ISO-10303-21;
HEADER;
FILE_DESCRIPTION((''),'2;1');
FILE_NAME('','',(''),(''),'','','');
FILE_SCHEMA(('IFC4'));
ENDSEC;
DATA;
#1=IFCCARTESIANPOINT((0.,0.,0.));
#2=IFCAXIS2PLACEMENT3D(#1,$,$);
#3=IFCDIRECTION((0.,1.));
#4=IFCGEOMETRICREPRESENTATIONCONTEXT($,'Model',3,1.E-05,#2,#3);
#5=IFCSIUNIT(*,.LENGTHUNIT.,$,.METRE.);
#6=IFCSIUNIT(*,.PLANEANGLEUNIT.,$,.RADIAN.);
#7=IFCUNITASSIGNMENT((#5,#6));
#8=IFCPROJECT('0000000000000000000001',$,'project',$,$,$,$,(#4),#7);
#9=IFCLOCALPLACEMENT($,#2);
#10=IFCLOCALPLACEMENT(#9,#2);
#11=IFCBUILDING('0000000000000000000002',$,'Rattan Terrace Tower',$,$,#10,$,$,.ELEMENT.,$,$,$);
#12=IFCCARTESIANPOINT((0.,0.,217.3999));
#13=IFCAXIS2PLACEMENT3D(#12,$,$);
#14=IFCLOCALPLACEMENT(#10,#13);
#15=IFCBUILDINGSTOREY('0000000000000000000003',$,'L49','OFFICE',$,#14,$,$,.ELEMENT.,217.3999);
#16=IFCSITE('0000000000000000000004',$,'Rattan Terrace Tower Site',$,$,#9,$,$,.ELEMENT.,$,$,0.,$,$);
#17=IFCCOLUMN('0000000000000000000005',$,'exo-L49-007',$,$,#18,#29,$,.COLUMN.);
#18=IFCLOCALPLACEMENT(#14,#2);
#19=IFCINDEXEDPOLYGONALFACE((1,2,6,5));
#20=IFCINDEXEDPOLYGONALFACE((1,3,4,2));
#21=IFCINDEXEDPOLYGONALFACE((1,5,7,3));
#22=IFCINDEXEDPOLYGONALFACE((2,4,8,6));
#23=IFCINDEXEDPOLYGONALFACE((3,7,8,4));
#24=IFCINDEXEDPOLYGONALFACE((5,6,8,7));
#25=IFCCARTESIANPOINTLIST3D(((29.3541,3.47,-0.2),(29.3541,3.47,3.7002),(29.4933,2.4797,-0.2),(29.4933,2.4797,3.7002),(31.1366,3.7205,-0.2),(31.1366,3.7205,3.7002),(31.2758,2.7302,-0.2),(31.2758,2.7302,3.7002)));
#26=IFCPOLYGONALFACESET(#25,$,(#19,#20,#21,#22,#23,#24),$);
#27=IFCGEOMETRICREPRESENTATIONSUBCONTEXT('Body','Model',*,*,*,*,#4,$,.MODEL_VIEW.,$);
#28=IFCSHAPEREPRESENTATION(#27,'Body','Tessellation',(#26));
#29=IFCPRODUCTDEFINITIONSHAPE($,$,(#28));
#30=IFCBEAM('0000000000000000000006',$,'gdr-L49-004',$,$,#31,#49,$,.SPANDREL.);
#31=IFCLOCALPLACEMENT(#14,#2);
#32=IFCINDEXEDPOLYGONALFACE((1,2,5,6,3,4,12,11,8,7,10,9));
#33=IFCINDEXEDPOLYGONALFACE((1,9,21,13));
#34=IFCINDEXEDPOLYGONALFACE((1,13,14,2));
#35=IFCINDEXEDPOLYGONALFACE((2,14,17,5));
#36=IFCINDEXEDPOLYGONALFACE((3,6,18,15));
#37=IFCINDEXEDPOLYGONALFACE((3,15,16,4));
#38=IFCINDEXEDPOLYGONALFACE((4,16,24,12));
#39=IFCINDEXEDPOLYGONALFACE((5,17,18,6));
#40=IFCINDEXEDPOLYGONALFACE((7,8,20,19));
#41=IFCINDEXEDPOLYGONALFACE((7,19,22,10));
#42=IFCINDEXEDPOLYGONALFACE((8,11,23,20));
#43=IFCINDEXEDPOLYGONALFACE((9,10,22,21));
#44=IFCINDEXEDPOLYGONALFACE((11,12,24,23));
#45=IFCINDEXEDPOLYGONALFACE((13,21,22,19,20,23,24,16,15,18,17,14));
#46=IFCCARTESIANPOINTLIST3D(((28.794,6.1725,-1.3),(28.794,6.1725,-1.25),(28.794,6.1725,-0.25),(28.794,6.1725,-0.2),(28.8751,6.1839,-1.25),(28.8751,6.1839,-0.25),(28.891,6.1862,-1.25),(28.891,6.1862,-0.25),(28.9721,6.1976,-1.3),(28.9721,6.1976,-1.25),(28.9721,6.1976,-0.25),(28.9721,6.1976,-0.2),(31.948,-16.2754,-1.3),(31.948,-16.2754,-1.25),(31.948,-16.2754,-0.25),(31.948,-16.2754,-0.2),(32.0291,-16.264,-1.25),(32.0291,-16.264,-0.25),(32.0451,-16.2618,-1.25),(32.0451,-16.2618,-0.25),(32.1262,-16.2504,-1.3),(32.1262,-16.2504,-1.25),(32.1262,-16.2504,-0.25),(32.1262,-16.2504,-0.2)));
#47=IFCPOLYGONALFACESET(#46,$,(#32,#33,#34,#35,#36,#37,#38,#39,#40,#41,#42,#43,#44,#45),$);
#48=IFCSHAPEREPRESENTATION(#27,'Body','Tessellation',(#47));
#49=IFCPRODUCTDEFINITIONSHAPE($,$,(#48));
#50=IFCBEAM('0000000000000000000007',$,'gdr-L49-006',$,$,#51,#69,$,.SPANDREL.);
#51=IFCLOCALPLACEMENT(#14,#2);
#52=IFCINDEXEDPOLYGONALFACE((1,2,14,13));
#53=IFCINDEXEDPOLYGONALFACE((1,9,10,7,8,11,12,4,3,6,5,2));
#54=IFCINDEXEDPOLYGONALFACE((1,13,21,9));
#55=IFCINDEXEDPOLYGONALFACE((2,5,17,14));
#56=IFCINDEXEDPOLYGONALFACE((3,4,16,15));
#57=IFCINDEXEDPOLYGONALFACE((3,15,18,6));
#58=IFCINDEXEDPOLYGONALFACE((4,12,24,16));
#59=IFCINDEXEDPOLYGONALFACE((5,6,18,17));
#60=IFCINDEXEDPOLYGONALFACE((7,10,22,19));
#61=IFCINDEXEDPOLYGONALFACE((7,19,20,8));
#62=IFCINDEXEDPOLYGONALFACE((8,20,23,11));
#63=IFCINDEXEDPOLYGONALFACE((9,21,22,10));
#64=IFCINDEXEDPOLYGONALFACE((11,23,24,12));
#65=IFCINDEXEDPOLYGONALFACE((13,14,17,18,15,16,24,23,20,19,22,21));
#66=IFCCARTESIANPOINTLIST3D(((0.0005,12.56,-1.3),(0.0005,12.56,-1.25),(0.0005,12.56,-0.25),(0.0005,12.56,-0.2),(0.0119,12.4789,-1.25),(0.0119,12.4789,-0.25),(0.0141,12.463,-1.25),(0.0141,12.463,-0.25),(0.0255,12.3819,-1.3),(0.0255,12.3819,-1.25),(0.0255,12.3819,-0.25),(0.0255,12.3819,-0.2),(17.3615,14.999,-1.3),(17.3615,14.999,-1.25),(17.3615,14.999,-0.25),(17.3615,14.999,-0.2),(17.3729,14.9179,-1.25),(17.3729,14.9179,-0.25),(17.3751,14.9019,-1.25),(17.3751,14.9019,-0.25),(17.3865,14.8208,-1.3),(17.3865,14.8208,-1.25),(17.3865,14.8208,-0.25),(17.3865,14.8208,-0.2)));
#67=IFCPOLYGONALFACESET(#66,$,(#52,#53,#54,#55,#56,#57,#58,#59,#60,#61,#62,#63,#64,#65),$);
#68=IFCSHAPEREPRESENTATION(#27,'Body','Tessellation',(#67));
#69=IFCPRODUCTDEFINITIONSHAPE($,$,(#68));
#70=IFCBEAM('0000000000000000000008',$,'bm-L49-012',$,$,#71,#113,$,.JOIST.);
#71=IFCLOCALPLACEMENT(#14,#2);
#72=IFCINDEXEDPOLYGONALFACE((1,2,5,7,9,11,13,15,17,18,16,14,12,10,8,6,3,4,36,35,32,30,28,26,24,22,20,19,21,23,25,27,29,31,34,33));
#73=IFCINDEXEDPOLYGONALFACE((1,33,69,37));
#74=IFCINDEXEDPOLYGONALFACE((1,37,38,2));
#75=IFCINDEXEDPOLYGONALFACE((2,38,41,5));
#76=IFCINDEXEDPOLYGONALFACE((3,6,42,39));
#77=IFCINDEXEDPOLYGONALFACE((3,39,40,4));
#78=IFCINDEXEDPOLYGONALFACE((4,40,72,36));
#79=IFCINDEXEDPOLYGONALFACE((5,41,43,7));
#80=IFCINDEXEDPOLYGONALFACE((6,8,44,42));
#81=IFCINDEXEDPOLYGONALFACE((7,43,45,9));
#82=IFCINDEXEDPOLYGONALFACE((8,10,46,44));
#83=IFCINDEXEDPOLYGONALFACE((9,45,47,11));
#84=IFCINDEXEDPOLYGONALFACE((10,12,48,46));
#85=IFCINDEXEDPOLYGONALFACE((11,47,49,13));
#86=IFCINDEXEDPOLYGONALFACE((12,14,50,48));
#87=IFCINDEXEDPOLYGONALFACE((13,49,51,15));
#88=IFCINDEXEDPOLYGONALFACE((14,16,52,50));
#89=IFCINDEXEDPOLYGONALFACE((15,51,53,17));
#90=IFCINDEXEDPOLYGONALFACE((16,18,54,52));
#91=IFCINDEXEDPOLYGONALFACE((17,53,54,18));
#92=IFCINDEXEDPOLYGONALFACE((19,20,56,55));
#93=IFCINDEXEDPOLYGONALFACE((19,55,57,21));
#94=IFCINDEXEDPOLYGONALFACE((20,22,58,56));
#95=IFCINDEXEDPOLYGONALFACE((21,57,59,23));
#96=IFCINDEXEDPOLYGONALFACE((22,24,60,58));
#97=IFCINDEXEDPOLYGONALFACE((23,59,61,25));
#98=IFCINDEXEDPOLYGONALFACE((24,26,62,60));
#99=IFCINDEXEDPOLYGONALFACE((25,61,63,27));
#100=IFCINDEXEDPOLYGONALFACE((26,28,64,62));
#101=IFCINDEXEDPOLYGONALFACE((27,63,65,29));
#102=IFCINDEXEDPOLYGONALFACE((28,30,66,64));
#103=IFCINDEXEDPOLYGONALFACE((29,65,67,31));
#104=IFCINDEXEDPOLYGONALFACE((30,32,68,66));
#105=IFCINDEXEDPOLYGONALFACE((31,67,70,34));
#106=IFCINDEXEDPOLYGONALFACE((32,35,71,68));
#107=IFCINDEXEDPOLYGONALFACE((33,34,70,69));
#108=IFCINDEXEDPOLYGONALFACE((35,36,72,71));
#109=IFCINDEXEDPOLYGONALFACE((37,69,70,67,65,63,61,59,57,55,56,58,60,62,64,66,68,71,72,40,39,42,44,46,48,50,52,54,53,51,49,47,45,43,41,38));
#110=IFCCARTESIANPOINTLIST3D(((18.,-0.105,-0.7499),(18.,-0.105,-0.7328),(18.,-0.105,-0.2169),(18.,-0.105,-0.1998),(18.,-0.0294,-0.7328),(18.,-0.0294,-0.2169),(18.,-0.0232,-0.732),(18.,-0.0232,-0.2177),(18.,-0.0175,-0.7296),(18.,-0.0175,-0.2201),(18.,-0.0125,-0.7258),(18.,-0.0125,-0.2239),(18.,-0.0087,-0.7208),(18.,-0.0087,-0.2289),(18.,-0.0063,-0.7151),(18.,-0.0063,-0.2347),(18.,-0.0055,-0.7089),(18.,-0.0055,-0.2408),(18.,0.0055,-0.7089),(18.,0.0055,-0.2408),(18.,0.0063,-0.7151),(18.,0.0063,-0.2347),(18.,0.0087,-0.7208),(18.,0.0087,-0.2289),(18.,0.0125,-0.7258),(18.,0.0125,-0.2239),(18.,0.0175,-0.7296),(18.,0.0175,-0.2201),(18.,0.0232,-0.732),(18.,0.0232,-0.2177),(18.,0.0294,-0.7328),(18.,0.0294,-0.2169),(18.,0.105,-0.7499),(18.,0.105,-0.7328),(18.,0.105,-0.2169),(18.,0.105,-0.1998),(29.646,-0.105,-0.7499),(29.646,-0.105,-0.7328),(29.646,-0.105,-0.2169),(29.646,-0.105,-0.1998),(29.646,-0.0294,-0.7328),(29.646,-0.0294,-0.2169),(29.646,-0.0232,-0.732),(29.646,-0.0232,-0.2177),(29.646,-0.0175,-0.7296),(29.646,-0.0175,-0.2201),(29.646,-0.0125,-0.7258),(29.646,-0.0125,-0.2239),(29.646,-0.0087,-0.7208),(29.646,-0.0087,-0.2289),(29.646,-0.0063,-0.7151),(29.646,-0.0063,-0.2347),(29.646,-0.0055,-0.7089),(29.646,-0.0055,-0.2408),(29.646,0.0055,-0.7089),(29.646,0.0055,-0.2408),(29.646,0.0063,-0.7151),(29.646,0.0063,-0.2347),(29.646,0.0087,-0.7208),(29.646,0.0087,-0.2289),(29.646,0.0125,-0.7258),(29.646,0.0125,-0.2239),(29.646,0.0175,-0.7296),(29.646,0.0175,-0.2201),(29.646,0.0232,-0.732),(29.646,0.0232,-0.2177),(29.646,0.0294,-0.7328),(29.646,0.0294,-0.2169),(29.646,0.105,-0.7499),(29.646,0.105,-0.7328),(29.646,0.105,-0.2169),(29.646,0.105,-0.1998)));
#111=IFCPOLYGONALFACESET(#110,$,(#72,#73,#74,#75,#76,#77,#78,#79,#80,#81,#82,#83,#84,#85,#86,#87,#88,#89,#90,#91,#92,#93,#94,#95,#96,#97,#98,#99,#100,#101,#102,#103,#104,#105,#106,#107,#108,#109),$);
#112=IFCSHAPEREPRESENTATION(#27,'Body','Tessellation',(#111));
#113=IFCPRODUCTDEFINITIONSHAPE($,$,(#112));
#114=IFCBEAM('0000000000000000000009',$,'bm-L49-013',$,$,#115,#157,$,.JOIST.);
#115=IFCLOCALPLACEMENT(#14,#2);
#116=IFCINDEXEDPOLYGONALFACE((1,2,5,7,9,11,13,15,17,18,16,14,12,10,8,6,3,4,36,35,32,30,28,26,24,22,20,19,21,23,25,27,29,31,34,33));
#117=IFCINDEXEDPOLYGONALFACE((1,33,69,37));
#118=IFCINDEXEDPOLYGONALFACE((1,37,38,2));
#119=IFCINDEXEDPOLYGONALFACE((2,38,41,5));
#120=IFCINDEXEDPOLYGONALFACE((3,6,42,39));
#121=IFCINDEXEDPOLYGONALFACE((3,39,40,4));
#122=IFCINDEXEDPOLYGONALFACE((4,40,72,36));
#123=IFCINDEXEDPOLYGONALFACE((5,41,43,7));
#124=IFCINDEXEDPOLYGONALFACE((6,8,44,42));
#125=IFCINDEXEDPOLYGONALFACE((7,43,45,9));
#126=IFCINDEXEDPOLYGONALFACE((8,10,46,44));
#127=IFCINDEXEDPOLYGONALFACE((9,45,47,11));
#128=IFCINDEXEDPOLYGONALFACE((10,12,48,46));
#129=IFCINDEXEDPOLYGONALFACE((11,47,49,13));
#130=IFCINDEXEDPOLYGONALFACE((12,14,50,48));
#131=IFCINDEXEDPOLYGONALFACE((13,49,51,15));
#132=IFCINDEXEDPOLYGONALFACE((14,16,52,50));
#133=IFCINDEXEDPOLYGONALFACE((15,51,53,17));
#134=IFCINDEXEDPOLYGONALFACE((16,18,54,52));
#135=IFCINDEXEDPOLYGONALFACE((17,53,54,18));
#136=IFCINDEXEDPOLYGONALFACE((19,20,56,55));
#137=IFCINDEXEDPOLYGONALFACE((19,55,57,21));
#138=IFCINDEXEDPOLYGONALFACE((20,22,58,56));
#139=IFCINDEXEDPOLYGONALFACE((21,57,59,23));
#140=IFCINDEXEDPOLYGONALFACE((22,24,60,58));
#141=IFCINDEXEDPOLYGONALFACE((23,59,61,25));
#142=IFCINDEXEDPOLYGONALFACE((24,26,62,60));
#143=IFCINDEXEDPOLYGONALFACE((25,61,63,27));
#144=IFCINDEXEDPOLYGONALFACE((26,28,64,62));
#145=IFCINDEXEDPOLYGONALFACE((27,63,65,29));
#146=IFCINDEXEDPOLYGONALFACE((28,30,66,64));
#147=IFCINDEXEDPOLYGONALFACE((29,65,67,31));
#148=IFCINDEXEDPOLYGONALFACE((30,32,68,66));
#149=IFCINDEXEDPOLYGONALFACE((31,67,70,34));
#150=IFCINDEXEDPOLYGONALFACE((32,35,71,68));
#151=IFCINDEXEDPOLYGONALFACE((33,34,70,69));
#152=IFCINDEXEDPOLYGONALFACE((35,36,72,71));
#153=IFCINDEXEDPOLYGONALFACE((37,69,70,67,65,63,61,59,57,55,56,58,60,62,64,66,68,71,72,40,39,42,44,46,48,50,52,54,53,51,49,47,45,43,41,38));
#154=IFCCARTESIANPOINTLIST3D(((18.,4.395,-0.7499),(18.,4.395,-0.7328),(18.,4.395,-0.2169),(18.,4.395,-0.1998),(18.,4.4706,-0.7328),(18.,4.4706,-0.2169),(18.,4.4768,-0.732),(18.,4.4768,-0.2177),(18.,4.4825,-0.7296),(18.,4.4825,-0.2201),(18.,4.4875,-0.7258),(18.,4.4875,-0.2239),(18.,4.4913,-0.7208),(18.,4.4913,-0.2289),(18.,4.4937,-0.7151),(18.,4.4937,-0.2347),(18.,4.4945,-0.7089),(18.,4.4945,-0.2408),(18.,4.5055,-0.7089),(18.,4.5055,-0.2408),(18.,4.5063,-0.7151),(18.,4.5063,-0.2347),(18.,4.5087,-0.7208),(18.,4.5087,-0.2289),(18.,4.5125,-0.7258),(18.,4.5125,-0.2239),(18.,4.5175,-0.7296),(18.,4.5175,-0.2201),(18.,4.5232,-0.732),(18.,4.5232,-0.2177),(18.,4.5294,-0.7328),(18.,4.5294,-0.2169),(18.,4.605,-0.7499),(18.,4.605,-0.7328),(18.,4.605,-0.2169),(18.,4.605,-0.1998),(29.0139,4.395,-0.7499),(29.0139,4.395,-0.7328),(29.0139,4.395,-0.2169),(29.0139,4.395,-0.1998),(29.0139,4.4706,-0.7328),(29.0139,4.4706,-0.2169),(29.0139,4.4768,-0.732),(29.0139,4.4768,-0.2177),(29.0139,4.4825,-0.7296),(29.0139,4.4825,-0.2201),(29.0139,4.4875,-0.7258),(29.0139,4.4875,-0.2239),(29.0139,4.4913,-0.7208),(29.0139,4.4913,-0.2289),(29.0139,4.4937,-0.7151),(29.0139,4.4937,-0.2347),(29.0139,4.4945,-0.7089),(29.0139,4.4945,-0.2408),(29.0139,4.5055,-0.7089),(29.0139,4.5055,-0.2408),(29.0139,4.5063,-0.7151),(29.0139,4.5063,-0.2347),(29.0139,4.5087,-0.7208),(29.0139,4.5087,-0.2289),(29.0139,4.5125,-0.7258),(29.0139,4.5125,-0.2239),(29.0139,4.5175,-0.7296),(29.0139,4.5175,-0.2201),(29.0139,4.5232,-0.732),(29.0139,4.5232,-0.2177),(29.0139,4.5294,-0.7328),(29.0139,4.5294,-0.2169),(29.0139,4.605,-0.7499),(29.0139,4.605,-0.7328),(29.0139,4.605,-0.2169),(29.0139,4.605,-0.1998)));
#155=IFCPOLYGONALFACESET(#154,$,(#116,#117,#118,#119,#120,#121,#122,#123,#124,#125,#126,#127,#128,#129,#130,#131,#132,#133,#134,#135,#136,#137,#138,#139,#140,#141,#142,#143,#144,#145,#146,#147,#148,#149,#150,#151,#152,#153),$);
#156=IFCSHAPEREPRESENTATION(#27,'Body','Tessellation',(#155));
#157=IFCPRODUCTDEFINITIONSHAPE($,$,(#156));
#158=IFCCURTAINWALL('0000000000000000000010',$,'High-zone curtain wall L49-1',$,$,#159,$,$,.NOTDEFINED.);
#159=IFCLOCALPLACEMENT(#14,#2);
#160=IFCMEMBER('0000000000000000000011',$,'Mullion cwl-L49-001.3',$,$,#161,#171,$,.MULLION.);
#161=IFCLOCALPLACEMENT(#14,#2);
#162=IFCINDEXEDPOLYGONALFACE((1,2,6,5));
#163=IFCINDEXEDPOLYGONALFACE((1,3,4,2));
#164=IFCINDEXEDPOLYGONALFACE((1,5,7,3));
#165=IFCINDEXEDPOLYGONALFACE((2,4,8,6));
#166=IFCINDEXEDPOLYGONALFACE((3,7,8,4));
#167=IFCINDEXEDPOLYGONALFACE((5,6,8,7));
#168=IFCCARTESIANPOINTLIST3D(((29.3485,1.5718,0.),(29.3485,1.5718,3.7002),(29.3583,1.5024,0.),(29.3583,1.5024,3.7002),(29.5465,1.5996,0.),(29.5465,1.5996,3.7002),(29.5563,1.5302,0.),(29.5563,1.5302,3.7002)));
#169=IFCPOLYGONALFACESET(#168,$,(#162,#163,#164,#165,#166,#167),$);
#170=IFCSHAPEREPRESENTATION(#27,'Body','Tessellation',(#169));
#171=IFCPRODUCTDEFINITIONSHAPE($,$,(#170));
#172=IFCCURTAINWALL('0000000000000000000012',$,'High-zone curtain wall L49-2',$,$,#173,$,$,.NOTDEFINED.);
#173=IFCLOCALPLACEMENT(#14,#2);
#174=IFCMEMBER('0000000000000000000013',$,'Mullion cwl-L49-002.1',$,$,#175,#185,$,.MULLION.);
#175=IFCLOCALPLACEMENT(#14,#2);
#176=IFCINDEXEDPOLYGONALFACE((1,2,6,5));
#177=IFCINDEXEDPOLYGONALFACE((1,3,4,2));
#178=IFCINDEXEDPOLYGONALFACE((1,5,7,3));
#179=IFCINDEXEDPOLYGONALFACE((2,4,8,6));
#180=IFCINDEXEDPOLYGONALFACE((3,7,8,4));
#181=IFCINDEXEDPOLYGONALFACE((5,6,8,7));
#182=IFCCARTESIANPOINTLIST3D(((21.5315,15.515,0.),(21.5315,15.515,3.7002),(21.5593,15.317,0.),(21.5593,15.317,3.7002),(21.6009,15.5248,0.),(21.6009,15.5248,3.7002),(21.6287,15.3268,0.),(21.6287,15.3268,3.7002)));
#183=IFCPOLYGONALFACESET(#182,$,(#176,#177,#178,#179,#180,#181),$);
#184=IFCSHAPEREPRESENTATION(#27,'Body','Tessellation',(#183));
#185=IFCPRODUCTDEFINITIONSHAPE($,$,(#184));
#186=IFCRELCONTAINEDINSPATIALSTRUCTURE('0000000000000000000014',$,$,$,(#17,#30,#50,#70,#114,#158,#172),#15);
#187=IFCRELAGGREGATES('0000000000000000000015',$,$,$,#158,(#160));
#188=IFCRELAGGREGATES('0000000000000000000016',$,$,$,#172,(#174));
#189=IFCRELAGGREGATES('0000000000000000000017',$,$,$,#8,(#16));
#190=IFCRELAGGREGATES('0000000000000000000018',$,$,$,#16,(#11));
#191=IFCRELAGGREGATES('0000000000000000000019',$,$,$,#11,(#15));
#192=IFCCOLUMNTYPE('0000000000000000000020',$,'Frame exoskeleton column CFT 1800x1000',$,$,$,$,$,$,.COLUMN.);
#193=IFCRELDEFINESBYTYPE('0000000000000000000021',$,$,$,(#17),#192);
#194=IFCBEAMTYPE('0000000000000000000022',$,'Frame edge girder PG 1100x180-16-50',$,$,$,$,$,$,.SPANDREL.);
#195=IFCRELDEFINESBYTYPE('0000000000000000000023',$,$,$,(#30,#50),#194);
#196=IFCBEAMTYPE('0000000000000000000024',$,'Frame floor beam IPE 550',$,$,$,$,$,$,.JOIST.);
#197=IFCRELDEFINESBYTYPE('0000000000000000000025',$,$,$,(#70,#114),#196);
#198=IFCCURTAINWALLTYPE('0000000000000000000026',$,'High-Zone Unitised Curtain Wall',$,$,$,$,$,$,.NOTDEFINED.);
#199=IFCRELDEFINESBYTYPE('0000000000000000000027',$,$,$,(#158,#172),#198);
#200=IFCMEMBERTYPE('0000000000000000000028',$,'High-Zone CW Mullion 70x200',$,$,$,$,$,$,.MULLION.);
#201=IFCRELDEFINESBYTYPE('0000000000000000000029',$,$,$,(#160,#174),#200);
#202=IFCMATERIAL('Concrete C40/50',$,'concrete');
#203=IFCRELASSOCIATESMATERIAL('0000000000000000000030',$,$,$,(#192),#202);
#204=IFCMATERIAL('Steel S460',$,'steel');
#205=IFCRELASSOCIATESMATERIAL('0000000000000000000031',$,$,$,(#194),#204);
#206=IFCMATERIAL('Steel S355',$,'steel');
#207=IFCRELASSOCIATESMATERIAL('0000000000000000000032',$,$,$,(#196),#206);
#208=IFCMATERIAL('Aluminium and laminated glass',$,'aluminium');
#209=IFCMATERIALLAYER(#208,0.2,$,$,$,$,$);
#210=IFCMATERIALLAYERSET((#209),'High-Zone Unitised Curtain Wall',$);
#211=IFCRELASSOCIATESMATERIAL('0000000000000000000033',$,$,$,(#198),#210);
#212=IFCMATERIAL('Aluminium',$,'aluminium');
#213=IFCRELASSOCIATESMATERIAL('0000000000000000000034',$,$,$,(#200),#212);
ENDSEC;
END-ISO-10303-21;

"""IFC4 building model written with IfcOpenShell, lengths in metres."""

from ifc_helpers import new_model, si_unit, direction, frame, origin, origin_2d, place, context, subcontext, project, spatial, rectangle, i_section, extrude, material, layer, layer_set, material_profile, profile_set, type_object, element, aggregate, save


model = new_model("IFC4")

# Units and contexts
model_context = context("Model", 3, precision=1e-05, world=origin(), true_north=direction((0.0, 1.0)))
body_context = subcontext(model_context, "Body", "Model", "MODEL_VIEW")
ifc_project = project(units=[si_unit("LENGTHUNIT", "METRE"), si_unit("PLANEANGLEUNIT", "RADIAN")], contexts=[model_context])

# Site, building, storey
site_placement = place(None, origin())
site = spatial("IfcSite", under=ifc_project, at=site_placement, Name="Rattan Terrace Tower Site", CompositionType="ELEMENT", RefElevation=0.0)
building_placement = place(site_placement, origin())
building = spatial("IfcBuilding", under=site, at=building_placement, Name="Rattan Terrace Tower", CompositionType="ELEMENT")
storey_placement = place(building_placement, frame((0.0, 0.0, 217.3999)))
storey = spatial("IfcBuildingStorey", under=building, at=storey_placement, Name="L49", Description="OFFICE", CompositionType="ELEMENT", Elevation=217.3999)

# Column
ifc_material_1 = material(Name="Concrete C40/50", Category="concrete")
ifc_material_profile_1 = material_profile(ifc_material_1, rectangle(XDim=1.0, YDim=1.8, at=origin_2d()), Name="CFT 1800x1000")
ifc_profile_set_1 = profile_set([ifc_material_profile_1], Name="Concrete C40/50")
column_type = type_object("IfcColumnType", Name="Frame exoskeleton column CFT 1800x1000", PredefinedType="COLUMN", material=ifc_profile_set_1)
column_placement = place(storey_placement, frame((30.3149, 3.1001, -0.2), z_axis=(0.0, 0.0, 1.0), x_axis=(-0.13919, 0.990266, 0.0)))
element("IfcColumn", 1, at=column_placement, inside=storey, type_object=column_type, Name="exo-L49-007", PredefinedType="COLUMN", context=body_context, shape_type="SweptSolid", body=[
    extrude(rectangle(XDim=1.0, YDim=1.8, at=origin_2d()), origin(), (0.0, 0.0, 1.0), 3.9001),
])

# Beams
ifc_material_2 = material(Name="Steel S460", Category="steel")
ifc_material_profile_2 = material_profile(ifc_material_2, i_section(OverallWidth=0.1799, OverallDepth=1.1001, WebThickness=0.0161, FlangeThickness=0.05, at=origin_2d()), Name="PG 1100x180-16-50")
ifc_profile_set_2 = profile_set([ifc_material_profile_2], Name="Steel S460")
beam_type_1 = type_object("IfcBeamType", Name="Frame edge girder PG 1100x180-16-50", PredefinedType="SPANDREL", material=ifc_profile_set_2)
beam_1_placement = place(storey_placement, frame((28.8831, 6.1851, -0.75), z_axis=(0.139138, -0.990273, 0.0), x_axis=(0.990273, 0.139138, 0.0)))
element("IfcBeam", 2, at=beam_1_placement, inside=storey, type_object=beam_type_1, Name="gdr-L49-004", PredefinedType="SPANDREL", context=body_context, shape_type="SweptSolid", body=[
    extrude(i_section(OverallWidth=0.1799, OverallDepth=1.1001, WebThickness=0.0161, FlangeThickness=0.05, at=origin_2d()), origin(), (0.0, 0.0, 1.0), 22.6685),
])
beam_2_placement = place(storey_placement, frame((17.374, 14.9099, -0.75), z_axis=(-0.990276, -0.139118, 0.0), x_axis=(0.139118, -0.990276, 0.0)))
element("IfcBeam", 3, at=beam_2_placement, inside=storey, type_object=beam_type_1, Name="gdr-L49-006", PredefinedType="SPANDREL", context=body_context, shape_type="SweptSolid", body=[
    extrude(i_section(OverallWidth=0.1799, OverallDepth=1.1001, WebThickness=0.0161, FlangeThickness=0.05, at=origin_2d()), origin(), (0.0, 0.0, 1.0), 17.5315),
])
ifc_material_3 = material(Name="Steel S355", Category="steel")
ifc_material_profile_3 = material_profile(ifc_material_3, i_section(OverallWidth=0.21, OverallDepth=0.55, WebThickness=0.011, FlangeThickness=0.0171, FilletRadius=0.0239, at=origin_2d()), Name="IPE 550")
ifc_profile_set_3 = profile_set([ifc_material_profile_3], Name="Steel S355")
beam_type_2 = type_object("IfcBeamType", Name="Frame floor beam IPE 550", PredefinedType="JOIST", material=ifc_profile_set_3)
beam_3_placement = place(storey_placement, frame((18.0, 0.0, -0.4749), z_axis=(1.0, 0.0, 0.0), x_axis=(0.0, 1.0, 0.0)))
element("IfcBeam", 4, at=beam_3_placement, inside=storey, type_object=beam_type_2, Name="bm-L49-012", PredefinedType="JOIST", context=body_context, shape_type="SweptSolid", body=[
    extrude(i_section(OverallWidth=0.21, OverallDepth=0.55, WebThickness=0.011, FlangeThickness=0.0171, FilletRadius=0.0239, at=origin_2d()), origin(), (0.0, 0.0, 1.0), 11.646),
])
beam_4_placement = place(storey_placement, frame((18.0, 4.5, -0.4749), z_axis=(1.0, 0.0, 0.0), x_axis=(0.0, 1.0, 0.0)))
element("IfcBeam", 5, at=beam_4_placement, inside=storey, type_object=beam_type_2, Name="bm-L49-013", PredefinedType="JOIST", context=body_context, shape_type="SweptSolid", body=[
    extrude(i_section(OverallWidth=0.21, OverallDepth=0.55, WebThickness=0.011, FlangeThickness=0.0171, FilletRadius=0.0239, at=origin_2d()), origin(), (0.0, 0.0, 1.0), 11.0139),
])

# Curtain walls, members
ifc_material_4 = material(Name="Aluminium and laminated glass", Category="aluminium")
ifc_layer_1 = layer(ifc_material_4, 0.2)
ifc_layer_set_1 = layer_set([ifc_layer_1], Name="High-Zone Unitised Curtain Wall")
curtain_wall_type = type_object("IfcCurtainWallType", Name="High-Zone Unitised Curtain Wall", PredefinedType="NOTDEFINED", material=ifc_layer_set_1)
curtain_wall_1_placement = place(storey_placement, origin())
curtain_wall_1 = element("IfcCurtainWall", 6, at=curtain_wall_1_placement, inside=storey, type_object=curtain_wall_type, Name="High-zone curtain wall L49-1", PredefinedType="NOTDEFINED")
ifc_material_5 = material(Name="Aluminium", Category="aluminium")
ifc_material_profile_4 = material_profile(ifc_material_5, rectangle(XDim=0.0701, YDim=0.2, at=origin_2d()), Name="Aluminium 70x200")
ifc_profile_set_4 = profile_set([ifc_material_profile_4], Name="Aluminium")
member_type_1 = type_object("IfcMemberType", Name="High-Zone CW Mullion 70x200", PredefinedType="MULLION", material=ifc_profile_set_4)
member_1_placement = place(storey_placement, frame((29.4524, 1.551, 0.0), z_axis=(0.0, 0.0, 1.0), x_axis=(-0.139186, 0.990266, 0.0)))
member_1 = element("IfcMember", 7, at=member_1_placement, type_object=member_type_1, Name="Mullion cwl-L49-001.3", PredefinedType="MULLION", context=body_context, shape_type="SweptSolid", body=[
    extrude(rectangle(XDim=0.0701, YDim=0.2, at=origin_2d()), origin(), (0.0, 0.0, 1.0), 3.7002),
])
curtain_wall_2_placement = place(storey_placement, origin())
curtain_wall_2 = element("IfcCurtainWall", 8, at=curtain_wall_2_placement, inside=storey, type_object=curtain_wall_type, Name="High-zone curtain wall L49-2", PredefinedType="NOTDEFINED")
member_2_placement = place(storey_placement, frame((21.5801, 15.4209, 0.0), z_axis=(0.0, 0.0, 1.0), x_axis=(-0.990267, -0.139177, 0.0)))
member_2 = element("IfcMember", 9, at=member_2_placement, type_object=member_type_1, Name="Mullion cwl-L49-002.1", PredefinedType="MULLION", context=body_context, shape_type="SweptSolid", body=[
    extrude(rectangle(XDim=0.0701, YDim=0.2, at=origin_2d()), origin(), (0.0, 0.0, 1.0), 3.7002),
])

aggregate(curtain_wall_1, [member_1])
aggregate(curtain_wall_2, [member_2])

save(model, "model.ifc")
